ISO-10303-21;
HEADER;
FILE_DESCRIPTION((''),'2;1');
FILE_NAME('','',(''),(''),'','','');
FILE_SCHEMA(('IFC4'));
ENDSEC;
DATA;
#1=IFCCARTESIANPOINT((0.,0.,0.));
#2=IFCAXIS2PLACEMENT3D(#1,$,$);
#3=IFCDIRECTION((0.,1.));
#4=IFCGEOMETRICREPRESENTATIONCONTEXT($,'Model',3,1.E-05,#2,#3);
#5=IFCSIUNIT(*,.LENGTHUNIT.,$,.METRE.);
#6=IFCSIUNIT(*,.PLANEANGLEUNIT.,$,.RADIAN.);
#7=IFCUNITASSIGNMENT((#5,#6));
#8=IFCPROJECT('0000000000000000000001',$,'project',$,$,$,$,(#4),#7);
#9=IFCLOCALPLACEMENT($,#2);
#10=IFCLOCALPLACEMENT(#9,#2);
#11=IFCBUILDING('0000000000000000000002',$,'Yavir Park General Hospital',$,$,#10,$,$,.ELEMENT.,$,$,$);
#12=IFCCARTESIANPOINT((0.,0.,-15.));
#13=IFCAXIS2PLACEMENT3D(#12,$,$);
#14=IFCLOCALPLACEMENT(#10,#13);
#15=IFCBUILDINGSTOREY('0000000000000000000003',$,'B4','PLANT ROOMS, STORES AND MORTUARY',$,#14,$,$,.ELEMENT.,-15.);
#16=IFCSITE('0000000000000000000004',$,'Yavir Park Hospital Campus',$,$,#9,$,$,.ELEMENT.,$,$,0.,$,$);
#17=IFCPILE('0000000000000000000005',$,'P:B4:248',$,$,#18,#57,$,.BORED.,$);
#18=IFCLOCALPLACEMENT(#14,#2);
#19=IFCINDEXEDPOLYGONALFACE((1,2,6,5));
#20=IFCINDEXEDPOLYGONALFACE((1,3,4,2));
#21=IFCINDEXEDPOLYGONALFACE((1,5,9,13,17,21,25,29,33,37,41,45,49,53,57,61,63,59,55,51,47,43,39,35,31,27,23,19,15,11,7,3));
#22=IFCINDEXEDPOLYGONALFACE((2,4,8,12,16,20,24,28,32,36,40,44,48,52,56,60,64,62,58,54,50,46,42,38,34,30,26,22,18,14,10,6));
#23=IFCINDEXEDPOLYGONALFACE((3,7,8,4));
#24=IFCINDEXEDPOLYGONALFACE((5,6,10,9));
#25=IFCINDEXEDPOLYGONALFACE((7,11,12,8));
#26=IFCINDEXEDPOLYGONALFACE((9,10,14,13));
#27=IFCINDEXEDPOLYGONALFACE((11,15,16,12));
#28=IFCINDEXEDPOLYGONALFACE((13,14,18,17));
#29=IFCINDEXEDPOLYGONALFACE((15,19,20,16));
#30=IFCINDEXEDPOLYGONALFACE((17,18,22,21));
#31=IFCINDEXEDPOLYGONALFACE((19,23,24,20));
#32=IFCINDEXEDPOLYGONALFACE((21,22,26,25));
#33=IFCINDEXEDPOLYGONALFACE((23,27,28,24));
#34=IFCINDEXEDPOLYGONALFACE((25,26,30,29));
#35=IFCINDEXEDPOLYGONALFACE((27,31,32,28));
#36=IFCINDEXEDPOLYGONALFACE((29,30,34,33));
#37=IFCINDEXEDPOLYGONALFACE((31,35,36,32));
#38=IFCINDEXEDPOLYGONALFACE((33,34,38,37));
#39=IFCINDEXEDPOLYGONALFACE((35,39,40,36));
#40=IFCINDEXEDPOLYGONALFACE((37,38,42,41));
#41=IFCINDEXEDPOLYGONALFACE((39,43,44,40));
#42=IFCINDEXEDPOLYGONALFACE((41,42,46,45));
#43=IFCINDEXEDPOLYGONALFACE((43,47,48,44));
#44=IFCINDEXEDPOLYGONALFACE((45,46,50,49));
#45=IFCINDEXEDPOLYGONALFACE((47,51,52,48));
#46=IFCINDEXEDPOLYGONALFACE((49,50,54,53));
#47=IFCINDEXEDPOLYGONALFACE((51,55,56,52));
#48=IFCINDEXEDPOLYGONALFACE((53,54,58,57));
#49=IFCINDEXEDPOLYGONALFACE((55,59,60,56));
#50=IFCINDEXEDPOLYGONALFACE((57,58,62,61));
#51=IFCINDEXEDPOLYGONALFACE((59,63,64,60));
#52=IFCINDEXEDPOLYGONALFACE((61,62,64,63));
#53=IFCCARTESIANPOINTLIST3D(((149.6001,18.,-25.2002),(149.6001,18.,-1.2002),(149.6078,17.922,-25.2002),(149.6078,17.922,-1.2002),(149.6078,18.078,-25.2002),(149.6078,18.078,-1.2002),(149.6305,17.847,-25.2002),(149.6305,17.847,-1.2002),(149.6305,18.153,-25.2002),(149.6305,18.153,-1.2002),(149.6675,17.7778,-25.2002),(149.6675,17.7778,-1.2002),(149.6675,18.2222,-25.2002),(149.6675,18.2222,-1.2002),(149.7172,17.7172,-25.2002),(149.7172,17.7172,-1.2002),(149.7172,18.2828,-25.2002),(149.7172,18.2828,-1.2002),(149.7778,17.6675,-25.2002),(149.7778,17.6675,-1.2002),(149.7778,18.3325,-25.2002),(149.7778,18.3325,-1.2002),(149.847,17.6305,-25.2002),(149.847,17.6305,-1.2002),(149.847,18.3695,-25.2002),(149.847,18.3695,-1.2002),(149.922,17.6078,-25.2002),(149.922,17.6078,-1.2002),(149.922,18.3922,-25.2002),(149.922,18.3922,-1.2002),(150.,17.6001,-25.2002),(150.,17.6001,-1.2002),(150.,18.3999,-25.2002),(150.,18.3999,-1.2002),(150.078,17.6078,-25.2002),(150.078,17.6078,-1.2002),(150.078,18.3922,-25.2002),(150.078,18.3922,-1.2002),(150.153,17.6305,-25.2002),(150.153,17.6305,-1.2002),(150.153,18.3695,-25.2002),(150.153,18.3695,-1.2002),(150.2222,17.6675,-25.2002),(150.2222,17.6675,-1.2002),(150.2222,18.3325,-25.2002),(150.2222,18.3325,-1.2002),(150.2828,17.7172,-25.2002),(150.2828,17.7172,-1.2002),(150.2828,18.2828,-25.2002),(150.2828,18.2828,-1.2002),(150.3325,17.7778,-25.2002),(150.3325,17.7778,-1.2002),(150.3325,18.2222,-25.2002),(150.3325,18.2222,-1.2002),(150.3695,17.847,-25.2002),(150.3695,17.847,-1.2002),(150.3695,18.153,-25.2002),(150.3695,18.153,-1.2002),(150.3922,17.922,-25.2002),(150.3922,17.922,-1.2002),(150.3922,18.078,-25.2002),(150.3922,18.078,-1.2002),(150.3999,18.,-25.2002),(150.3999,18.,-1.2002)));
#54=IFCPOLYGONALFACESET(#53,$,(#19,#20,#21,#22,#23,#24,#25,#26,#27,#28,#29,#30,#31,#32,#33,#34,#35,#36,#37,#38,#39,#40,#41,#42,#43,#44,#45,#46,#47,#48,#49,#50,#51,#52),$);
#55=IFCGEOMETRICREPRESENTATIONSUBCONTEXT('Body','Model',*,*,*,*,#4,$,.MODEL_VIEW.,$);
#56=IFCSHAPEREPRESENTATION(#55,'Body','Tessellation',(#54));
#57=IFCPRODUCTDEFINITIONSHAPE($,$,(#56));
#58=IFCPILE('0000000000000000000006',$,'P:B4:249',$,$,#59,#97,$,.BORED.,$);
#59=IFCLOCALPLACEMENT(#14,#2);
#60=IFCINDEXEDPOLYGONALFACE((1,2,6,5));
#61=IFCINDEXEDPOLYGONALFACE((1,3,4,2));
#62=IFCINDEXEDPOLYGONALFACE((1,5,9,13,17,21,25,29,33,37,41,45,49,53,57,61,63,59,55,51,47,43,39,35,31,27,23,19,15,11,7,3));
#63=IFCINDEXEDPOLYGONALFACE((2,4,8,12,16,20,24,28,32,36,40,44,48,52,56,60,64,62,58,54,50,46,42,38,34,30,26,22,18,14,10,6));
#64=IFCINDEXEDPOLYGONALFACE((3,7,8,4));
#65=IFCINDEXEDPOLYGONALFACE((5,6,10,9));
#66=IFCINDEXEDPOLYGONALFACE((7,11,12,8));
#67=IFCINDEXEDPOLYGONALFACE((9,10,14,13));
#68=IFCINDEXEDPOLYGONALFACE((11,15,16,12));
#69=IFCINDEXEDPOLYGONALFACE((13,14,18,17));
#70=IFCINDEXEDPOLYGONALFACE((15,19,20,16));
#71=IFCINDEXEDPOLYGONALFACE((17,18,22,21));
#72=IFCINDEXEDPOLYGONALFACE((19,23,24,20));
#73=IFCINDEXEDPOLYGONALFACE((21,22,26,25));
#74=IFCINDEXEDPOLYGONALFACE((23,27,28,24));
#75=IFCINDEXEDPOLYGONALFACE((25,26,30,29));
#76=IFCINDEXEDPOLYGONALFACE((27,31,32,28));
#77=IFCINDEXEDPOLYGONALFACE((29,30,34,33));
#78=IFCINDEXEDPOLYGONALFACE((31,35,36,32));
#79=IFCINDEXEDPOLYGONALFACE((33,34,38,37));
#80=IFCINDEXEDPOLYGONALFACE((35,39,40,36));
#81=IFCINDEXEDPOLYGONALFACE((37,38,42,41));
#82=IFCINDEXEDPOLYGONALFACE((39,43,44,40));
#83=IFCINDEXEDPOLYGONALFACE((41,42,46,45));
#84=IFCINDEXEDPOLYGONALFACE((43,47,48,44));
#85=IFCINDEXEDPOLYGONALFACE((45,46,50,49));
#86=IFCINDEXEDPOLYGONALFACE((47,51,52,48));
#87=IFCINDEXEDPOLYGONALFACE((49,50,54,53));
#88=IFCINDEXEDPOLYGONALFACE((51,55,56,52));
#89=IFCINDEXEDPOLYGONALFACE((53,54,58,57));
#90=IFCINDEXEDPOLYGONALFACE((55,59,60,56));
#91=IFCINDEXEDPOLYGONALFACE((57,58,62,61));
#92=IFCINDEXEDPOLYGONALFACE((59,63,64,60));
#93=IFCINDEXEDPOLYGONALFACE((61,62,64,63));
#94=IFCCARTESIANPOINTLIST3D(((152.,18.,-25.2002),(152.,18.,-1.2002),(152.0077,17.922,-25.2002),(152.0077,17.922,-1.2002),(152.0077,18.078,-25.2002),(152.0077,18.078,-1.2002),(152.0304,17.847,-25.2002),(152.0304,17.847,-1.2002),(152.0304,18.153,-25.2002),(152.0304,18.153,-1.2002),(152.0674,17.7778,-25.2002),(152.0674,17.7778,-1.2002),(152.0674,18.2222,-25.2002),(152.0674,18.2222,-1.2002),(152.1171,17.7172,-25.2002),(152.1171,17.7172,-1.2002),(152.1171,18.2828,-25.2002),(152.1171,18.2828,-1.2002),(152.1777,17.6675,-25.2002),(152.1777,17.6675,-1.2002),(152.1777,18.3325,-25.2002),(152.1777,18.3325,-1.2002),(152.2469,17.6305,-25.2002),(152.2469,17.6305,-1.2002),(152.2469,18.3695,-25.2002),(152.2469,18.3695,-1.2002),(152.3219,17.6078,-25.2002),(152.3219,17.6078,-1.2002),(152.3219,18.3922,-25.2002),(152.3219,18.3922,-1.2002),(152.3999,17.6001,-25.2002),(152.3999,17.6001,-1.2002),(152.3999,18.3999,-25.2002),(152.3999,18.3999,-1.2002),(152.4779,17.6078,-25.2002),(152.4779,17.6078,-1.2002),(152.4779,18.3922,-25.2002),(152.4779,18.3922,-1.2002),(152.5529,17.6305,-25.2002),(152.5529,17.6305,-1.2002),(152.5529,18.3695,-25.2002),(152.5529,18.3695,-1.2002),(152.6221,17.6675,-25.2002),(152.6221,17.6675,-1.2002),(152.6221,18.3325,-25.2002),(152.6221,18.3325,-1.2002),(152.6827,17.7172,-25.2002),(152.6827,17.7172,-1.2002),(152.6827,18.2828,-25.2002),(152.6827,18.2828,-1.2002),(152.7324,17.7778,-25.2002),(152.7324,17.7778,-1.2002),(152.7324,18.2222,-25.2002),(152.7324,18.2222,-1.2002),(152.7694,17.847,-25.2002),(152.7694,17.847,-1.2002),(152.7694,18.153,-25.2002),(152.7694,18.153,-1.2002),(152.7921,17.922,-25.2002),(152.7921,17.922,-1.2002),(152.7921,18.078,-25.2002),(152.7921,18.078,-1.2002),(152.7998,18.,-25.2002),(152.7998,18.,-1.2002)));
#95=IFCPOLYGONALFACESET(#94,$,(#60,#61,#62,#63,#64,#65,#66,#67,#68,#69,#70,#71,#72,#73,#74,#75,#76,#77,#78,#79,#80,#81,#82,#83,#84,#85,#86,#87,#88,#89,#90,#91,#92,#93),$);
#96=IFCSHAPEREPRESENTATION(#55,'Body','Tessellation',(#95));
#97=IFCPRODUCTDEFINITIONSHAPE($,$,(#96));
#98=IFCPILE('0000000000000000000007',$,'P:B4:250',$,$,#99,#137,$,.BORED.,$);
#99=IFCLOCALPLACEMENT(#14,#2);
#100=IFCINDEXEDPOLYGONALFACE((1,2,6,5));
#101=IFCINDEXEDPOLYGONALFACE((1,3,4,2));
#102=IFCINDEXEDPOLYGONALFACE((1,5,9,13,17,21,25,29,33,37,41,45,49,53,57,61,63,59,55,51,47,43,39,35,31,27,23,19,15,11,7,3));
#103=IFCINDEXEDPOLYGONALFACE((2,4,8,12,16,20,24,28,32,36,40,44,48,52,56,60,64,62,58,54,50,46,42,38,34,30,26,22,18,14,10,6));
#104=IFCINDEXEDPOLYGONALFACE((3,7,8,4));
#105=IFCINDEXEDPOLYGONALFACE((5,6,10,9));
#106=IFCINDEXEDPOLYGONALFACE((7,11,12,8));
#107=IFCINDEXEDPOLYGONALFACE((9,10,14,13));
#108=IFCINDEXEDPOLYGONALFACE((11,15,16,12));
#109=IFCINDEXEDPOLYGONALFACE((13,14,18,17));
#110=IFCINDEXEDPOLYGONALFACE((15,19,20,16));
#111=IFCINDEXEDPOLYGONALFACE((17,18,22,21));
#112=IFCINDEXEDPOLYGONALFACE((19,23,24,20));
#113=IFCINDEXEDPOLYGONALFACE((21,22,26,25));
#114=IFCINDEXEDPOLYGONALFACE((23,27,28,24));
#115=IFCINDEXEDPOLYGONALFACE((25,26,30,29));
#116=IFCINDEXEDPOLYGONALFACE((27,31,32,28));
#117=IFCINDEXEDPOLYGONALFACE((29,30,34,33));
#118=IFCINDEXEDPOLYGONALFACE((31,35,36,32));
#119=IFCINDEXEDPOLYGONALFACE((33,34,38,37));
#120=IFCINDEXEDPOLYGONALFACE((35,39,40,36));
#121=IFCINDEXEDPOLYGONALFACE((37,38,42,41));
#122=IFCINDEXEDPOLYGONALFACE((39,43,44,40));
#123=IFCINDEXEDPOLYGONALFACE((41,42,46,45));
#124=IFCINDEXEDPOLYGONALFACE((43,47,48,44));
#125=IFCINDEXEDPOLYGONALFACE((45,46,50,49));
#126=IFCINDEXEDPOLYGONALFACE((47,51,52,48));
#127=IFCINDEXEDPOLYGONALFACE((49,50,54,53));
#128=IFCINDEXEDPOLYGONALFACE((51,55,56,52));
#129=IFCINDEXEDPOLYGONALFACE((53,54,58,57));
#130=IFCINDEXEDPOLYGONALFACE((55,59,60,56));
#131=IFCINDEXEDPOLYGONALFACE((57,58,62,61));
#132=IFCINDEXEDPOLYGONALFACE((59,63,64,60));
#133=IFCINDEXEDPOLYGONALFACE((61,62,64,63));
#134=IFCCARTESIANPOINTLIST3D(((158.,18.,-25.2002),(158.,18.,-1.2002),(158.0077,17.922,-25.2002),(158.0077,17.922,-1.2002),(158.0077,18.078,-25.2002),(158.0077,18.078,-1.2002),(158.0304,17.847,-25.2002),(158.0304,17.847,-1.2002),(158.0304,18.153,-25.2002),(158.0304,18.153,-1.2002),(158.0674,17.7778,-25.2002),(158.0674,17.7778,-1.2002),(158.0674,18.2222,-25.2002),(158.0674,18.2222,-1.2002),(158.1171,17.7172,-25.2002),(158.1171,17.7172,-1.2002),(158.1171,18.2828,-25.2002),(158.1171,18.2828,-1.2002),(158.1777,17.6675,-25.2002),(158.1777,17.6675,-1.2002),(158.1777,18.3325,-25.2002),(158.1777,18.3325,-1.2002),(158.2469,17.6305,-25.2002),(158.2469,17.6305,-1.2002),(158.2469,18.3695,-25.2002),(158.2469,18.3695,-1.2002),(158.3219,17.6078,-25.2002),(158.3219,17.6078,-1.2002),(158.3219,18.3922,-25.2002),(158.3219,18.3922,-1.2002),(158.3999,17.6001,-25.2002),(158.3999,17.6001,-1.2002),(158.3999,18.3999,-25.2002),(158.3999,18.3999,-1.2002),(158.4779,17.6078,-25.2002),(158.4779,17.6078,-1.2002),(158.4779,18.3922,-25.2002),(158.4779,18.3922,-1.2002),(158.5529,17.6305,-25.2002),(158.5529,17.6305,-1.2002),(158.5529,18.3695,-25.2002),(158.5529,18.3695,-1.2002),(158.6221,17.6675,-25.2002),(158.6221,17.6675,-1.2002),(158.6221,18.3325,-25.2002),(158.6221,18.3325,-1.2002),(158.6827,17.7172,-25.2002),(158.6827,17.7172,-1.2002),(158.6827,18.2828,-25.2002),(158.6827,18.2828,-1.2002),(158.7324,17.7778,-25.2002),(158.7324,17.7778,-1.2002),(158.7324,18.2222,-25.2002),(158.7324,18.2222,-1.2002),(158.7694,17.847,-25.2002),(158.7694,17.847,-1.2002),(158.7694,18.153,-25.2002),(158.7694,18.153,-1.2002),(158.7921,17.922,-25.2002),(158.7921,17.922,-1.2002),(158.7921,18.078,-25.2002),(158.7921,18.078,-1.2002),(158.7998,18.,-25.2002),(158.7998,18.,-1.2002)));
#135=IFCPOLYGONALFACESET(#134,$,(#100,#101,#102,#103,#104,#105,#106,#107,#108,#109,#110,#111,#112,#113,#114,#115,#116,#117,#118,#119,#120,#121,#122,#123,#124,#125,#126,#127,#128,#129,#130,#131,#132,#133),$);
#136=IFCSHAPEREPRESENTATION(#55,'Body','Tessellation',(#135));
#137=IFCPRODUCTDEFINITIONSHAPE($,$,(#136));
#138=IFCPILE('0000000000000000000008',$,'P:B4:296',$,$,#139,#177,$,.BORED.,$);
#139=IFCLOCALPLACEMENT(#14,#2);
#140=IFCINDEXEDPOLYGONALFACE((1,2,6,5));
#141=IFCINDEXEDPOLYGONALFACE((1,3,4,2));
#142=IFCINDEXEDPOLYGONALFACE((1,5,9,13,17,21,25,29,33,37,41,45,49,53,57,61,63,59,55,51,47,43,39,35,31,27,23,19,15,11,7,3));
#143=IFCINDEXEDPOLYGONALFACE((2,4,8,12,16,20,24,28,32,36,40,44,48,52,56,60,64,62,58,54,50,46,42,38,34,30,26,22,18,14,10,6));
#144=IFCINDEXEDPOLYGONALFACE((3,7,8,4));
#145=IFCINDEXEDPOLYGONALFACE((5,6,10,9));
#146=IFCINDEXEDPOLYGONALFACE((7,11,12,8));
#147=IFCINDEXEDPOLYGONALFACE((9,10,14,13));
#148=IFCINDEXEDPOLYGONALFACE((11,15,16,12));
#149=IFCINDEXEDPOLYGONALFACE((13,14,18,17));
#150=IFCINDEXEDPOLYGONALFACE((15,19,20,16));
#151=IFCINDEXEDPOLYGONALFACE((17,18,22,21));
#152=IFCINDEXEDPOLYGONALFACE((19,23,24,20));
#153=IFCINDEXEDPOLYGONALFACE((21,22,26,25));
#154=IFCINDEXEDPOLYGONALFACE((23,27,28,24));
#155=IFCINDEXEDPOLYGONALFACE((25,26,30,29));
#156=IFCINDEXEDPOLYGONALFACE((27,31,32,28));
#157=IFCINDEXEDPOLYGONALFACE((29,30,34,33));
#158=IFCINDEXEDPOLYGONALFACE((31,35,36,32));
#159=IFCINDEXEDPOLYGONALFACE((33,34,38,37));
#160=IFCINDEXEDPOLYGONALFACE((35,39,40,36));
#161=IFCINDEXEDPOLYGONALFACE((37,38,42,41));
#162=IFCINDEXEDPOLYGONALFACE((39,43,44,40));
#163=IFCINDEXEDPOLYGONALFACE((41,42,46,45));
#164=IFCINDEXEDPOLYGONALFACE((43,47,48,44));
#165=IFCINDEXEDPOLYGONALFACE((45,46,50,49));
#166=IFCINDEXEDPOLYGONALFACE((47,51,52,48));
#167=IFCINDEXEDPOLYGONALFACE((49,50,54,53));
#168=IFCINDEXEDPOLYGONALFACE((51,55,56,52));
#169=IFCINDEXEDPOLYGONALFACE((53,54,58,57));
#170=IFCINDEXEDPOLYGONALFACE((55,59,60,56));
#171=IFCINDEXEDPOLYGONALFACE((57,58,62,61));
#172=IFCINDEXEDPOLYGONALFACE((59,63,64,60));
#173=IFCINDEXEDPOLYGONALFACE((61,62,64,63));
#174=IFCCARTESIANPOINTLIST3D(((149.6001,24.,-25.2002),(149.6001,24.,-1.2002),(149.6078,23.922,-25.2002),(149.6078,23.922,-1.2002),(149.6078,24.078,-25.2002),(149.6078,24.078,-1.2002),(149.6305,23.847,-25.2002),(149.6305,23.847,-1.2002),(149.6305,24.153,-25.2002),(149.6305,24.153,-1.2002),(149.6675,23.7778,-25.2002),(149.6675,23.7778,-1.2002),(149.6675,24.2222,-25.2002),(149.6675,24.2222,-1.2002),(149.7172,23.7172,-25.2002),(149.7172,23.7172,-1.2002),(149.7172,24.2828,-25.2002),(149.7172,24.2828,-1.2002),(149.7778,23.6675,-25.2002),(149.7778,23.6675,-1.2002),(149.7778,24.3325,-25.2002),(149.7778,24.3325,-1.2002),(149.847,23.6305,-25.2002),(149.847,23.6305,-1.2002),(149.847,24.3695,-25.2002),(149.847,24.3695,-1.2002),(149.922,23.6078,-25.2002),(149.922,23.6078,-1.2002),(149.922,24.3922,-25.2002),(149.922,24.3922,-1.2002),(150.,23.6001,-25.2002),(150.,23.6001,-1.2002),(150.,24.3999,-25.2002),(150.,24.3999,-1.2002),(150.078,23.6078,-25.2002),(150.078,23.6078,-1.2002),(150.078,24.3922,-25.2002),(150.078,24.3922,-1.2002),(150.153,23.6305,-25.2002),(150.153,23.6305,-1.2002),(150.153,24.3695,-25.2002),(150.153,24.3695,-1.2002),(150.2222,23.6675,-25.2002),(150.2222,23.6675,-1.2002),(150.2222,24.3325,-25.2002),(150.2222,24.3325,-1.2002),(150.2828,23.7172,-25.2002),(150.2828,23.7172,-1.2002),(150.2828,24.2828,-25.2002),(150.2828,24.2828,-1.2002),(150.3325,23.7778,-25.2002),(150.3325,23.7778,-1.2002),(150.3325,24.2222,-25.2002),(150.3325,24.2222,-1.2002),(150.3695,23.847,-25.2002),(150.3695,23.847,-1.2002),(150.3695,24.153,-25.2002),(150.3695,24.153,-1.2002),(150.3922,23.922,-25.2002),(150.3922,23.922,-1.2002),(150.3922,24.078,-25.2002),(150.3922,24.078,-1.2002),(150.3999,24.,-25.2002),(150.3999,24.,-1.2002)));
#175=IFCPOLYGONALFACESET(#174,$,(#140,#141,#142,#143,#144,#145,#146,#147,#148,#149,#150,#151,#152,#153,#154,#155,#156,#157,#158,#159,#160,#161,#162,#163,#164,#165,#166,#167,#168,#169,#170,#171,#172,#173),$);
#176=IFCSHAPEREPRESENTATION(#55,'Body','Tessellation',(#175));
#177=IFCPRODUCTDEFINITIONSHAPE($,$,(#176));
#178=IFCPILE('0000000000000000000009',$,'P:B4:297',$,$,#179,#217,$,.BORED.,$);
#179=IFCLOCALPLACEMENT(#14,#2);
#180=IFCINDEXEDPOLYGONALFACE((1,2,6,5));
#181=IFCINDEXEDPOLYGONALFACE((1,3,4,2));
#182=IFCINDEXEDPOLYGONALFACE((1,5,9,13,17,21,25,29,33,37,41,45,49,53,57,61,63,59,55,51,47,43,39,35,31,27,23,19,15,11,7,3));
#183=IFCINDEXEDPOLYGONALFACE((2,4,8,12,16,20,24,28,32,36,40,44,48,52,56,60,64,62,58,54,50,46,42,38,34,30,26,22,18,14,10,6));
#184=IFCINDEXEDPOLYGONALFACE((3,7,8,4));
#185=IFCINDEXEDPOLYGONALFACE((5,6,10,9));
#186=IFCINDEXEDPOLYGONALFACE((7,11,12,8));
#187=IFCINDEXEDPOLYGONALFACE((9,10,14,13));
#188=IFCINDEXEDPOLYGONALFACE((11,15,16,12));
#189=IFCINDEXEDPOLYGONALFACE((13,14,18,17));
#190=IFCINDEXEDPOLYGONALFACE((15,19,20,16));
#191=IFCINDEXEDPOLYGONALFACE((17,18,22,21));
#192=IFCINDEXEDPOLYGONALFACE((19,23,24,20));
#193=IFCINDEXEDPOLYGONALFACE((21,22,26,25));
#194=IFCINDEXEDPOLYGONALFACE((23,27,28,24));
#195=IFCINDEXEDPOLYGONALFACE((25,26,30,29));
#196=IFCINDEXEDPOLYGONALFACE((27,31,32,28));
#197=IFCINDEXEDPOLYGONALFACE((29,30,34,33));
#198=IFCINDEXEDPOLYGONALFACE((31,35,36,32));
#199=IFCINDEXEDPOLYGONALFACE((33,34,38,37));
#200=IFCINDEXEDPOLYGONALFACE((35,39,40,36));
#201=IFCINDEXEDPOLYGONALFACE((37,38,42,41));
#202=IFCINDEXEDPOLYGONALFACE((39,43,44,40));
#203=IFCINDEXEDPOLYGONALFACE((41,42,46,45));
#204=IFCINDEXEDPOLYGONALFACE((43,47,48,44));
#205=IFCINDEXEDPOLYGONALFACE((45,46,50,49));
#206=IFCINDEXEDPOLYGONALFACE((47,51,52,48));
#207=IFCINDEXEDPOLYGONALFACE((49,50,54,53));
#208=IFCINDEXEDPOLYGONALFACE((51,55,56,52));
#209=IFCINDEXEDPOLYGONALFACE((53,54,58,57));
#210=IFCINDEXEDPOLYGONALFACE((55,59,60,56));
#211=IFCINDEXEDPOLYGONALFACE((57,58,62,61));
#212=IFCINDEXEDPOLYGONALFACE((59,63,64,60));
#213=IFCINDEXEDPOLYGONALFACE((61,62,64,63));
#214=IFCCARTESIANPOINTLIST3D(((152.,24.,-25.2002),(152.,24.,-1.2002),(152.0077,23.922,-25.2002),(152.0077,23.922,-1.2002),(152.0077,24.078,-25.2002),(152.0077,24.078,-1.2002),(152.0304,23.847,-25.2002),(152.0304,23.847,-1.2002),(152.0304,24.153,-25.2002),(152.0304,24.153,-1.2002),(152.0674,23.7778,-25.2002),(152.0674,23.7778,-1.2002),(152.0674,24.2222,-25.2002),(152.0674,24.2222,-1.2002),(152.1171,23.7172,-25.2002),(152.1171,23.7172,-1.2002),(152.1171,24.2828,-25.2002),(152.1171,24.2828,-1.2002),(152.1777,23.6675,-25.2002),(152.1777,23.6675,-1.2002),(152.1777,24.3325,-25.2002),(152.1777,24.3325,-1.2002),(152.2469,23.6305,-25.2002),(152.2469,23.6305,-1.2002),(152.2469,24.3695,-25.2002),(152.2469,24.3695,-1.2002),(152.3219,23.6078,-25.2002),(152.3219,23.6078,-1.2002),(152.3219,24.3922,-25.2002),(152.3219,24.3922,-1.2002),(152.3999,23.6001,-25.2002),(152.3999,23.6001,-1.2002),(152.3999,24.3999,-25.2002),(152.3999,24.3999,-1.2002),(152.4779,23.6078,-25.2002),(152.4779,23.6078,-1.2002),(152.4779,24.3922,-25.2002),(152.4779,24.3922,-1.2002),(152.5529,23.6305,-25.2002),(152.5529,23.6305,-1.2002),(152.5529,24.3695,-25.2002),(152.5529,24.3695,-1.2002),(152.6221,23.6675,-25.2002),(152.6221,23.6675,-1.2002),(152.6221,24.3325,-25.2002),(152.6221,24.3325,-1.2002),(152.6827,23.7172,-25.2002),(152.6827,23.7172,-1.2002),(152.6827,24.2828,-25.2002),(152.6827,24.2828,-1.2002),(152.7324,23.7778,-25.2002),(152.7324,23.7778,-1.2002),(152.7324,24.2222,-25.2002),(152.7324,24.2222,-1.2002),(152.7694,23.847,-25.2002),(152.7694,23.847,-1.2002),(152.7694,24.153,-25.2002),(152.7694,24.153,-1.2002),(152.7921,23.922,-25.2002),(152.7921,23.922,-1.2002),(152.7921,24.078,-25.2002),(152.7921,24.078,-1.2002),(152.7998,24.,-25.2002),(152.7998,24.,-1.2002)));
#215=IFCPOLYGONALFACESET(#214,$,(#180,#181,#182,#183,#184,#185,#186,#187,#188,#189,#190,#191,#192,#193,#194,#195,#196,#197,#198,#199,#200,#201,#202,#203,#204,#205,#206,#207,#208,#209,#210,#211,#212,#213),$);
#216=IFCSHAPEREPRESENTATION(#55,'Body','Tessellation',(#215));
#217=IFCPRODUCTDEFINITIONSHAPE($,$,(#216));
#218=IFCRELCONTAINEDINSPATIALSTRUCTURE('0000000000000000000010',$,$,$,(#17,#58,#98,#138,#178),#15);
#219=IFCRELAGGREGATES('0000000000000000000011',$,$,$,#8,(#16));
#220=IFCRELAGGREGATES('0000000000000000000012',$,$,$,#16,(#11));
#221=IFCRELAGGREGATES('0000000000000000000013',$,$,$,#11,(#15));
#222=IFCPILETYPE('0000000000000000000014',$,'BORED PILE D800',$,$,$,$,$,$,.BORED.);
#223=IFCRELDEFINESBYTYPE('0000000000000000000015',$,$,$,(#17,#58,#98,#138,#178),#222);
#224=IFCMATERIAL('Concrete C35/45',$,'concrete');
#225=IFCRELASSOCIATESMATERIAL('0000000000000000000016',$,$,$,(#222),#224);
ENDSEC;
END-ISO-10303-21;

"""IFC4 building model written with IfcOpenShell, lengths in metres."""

from ifc_helpers import new_model, si_unit, direction, frame, origin, origin_2d, place, context, subcontext, project, spatial, circle, extrude, material, material_profile, profile_set, type_object, element, save


model = new_model("IFC4")

# Units and contexts
model_context = context("Model", 3, precision=1e-05, world=origin(), true_north=direction((0.0, 1.0)))
body_context = subcontext(model_context, "Body", "Model", "MODEL_VIEW")
ifc_project = project(units=[si_unit("LENGTHUNIT", "METRE"), si_unit("PLANEANGLEUNIT", "RADIAN")], contexts=[model_context])

# Site, building, storey
site_placement = place(None, origin())
site = spatial("IfcSite", under=ifc_project, at=site_placement, Name="Yavir Park Hospital Campus", CompositionType="ELEMENT", RefElevation=0.0)
building_placement = place(site_placement, origin())
building = spatial("IfcBuilding", under=site, at=building_placement, Name="Yavir Park General Hospital", CompositionType="ELEMENT")
storey_placement = place(building_placement, frame((0.0, 0.0, -15.0)))
storey = spatial("IfcBuildingStorey", under=building, at=storey_placement, Name="B4", Description="PLANT ROOMS, STORES AND MORTUARY", CompositionType="ELEMENT", Elevation=-15.0)

# Piles
ifc_material_1 = material(Name="Concrete C35/45", Category="concrete")
ifc_material_profile_1 = material_profile(ifc_material_1, circle(Radius=0.3999, at=origin_2d()), Name="D800")
ifc_profile_set_1 = profile_set([ifc_material_profile_1], Name="Concrete C35/45")
pile_type_1 = type_object("IfcPileType", Name="BORED PILE D800", PredefinedType="BORED", material=ifc_profile_set_1)
for number, where, z_axis, x_axis, name in (
    (1, (150.0, 18.0, -1.2002), (0.0, 0.0, -1.0), (1.0, 0.0, 0.0), "P:B4:248"),
    (2, (152.3999, 18.0, -1.2002), (0.0, 0.0, -1.0), (1.0, 0.0, 0.0), "P:B4:249"),
    (3, (158.3999, 18.0, -1.2002), (0.0, 0.0, -1.0), (1.0, 0.0, 0.0), "P:B4:250"),
    (4, (150.0, 24.0, -1.2002), (0.0, 0.0, -1.0), (1.0, 0.0, 0.0), "P:B4:296"),
    (5, (152.3999, 24.0, -1.2002), (0.0, 0.0, -1.0), (1.0, 0.0, 0.0), "P:B4:297"),
):
    element("IfcPile", number, at=place(storey_placement, frame(where, z_axis=z_axis, x_axis=x_axis)), inside=storey, type_object=pile_type_1, Name=name, PredefinedType="BORED", context=body_context, shape_type="SweptSolid", body=[
        extrude(circle(Radius=0.3999, at=origin_2d()), origin(), (0.0, 0.0, 1.0), 24.0),
    ])

save(model, "model.ifc")
